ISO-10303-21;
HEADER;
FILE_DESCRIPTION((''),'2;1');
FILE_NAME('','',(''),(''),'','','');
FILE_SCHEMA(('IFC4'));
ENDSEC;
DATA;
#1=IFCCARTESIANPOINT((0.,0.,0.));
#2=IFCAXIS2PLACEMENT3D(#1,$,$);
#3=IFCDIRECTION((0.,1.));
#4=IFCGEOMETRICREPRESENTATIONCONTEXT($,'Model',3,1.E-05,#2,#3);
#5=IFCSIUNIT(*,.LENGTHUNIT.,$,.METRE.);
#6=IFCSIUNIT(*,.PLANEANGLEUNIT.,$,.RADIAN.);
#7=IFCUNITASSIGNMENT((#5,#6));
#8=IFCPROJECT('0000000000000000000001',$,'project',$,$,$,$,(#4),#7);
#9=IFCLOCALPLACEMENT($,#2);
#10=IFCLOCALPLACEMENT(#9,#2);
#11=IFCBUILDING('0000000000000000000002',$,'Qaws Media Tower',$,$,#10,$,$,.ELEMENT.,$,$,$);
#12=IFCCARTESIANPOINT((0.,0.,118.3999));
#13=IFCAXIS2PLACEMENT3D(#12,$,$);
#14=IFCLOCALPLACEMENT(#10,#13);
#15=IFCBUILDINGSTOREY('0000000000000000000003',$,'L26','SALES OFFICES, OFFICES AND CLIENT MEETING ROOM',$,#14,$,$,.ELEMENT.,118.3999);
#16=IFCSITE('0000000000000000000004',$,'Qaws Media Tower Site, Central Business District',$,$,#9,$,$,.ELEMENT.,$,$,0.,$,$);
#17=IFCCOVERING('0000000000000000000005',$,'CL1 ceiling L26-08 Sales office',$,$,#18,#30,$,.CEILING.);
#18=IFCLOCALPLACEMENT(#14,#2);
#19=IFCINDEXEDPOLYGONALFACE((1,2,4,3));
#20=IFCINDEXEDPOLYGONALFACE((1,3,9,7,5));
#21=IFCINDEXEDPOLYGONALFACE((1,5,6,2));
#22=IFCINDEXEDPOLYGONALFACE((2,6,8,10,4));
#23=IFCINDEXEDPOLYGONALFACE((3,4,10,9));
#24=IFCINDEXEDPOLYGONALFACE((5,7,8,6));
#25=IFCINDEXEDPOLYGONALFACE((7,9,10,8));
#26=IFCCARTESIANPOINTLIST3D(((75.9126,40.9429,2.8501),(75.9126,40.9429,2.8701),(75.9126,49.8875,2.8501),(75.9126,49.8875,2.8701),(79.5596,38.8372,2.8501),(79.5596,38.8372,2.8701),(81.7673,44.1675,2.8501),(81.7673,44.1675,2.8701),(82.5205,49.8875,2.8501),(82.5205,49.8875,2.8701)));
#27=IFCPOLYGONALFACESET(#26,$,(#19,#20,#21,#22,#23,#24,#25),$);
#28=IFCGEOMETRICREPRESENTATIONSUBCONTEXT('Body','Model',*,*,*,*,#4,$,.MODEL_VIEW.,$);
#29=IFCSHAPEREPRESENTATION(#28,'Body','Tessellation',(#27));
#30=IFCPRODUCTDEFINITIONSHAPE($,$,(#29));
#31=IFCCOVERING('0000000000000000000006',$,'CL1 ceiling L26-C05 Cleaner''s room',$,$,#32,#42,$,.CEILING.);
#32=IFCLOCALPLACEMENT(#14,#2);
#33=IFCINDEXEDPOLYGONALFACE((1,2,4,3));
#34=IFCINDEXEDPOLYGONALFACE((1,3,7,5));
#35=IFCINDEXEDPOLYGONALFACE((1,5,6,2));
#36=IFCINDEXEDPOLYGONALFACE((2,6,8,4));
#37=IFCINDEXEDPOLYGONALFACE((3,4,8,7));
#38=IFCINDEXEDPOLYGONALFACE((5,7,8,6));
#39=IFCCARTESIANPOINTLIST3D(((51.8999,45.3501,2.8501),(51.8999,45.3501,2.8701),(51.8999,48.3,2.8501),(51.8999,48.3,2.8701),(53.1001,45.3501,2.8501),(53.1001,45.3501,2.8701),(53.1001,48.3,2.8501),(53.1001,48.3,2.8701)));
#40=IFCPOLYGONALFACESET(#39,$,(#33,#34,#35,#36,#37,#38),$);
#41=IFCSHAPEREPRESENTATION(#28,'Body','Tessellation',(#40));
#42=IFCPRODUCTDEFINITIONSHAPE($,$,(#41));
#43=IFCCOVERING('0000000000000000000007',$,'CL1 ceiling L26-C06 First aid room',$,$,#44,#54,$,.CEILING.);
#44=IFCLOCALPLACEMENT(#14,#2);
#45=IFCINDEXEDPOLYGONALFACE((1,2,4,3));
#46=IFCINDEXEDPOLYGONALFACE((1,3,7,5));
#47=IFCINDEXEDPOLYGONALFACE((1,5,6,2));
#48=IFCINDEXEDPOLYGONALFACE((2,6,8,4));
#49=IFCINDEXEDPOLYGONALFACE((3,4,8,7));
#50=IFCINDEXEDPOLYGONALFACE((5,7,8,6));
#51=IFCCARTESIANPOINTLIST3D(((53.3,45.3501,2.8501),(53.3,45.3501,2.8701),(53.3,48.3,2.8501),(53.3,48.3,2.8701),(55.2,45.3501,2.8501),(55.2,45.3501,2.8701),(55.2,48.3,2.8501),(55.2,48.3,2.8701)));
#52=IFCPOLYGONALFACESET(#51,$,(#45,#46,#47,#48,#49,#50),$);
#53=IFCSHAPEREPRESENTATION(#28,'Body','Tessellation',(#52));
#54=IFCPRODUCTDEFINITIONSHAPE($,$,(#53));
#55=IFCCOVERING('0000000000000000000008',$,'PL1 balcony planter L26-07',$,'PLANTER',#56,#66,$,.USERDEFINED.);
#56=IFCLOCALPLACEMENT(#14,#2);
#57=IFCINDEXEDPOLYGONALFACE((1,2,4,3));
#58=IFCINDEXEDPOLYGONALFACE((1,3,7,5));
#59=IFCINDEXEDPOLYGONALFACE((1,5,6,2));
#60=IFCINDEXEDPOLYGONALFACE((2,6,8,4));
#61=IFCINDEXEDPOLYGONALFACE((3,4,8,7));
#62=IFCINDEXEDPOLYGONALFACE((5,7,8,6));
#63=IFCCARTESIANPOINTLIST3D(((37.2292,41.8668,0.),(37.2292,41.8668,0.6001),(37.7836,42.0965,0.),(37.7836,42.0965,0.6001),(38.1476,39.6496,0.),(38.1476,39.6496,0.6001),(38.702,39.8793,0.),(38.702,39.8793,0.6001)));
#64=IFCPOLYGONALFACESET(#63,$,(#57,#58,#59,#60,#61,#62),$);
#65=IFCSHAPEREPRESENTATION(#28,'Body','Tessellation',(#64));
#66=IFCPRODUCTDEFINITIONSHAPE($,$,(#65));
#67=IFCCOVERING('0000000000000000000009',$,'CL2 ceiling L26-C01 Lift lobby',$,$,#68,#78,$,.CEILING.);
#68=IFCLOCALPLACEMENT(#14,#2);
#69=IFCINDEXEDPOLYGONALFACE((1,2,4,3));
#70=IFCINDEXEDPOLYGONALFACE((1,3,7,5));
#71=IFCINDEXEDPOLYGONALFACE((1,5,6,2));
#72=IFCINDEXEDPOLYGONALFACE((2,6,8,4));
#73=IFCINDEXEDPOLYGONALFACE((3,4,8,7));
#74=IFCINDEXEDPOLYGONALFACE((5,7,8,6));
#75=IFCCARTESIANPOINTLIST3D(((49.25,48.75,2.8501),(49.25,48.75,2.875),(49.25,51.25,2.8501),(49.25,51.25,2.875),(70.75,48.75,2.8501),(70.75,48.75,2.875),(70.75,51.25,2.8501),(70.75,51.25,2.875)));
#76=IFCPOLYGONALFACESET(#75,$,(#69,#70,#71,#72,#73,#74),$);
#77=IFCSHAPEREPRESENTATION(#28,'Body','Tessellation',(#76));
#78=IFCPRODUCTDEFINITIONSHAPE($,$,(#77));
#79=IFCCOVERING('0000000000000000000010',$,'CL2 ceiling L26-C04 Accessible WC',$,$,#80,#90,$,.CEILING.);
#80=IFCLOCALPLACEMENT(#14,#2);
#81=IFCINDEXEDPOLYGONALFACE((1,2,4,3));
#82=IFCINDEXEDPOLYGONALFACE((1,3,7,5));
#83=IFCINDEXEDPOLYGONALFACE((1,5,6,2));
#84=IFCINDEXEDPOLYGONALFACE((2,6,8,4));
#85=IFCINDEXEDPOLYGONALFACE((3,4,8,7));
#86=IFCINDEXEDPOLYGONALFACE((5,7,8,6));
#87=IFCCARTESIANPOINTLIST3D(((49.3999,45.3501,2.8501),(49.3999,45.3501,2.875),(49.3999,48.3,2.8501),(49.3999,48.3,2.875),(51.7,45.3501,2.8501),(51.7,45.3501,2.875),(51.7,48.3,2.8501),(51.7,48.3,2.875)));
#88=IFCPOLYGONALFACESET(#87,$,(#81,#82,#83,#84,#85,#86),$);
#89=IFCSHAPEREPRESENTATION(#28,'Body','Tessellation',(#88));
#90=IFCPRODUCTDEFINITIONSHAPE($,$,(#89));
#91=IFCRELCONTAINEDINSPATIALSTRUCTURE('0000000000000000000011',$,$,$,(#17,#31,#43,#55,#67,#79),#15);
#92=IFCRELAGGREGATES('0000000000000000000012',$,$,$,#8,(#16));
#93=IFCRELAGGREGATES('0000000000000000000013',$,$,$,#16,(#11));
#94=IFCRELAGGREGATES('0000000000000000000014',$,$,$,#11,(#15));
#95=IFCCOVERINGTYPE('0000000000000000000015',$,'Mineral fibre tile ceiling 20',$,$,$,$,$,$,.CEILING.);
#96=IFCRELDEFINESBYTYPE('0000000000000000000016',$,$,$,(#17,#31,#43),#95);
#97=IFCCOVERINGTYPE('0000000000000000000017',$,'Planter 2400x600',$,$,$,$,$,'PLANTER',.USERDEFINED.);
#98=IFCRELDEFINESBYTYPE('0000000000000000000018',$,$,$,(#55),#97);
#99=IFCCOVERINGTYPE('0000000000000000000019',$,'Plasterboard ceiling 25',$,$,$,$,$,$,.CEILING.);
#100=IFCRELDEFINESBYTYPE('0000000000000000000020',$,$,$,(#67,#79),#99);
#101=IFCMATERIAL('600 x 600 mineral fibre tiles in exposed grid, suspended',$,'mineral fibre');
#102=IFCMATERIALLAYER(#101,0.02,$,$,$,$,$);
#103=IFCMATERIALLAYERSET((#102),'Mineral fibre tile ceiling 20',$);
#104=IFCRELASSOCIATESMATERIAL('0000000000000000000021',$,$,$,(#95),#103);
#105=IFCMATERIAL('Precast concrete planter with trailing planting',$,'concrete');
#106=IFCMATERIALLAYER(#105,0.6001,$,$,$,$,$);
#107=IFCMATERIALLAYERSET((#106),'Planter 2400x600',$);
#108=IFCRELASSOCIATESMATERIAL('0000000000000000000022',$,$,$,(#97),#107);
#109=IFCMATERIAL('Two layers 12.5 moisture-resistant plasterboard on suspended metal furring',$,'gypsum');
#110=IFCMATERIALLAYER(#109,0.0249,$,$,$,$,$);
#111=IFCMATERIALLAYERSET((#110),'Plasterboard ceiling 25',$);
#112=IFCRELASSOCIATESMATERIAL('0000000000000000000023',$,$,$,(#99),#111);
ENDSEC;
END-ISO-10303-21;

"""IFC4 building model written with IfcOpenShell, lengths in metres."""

from ifc_helpers import new_model, si_unit, direction, frame, origin, origin_2d, place, context, subcontext, project, spatial, polyline, rectangle, outline, extrude, material, layer, layer_set, type_object, element, save


model = new_model("IFC4")

# Units and contexts
model_context = context("Model", 3, precision=1e-05, world=origin(), true_north=direction((0.0, 1.0)))
body_context = subcontext(model_context, "Body", "Model", "MODEL_VIEW")
ifc_project = project(units=[si_unit("LENGTHUNIT", "METRE"), si_unit("PLANEANGLEUNIT", "RADIAN")], contexts=[model_context])

# Site, building, storey
site_placement = place(None, origin())
site = spatial("IfcSite", under=ifc_project, at=site_placement, Name="Qaws Media Tower Site, Central Business District", CompositionType="ELEMENT", RefElevation=0.0)
building_placement = place(site_placement, origin())
building = spatial("IfcBuilding", under=site, at=building_placement, Name="Qaws Media Tower", CompositionType="ELEMENT")
storey_placement = place(building_placement, frame((0.0, 0.0, 118.3999)))
storey = spatial("IfcBuildingStorey", under=building, at=storey_placement, Name="L26", Description="SALES OFFICES, OFFICES AND CLIENT MEETING ROOM", CompositionType="ELEMENT", Elevation=118.3999)

# Coverings
ifc_material_1 = material(Name="600 x 600 mineral fibre tiles in exposed grid, suspended", Category="mineral fibre")
ifc_layer_1 = layer(ifc_material_1, 0.02)
ifc_layer_set_1 = layer_set([ifc_layer_1], Name="Mineral fibre tile ceiling 20")
covering_type_1 = type_object("IfcCoveringType", Name="Mineral fibre tile ceiling 20", PredefinedType="CEILING", material=ifc_layer_set_1)
covering_1_placement = place(storey_placement, frame((0.0, 0.0, 2.8501)))
element("IfcCovering", 1, at=covering_1_placement, inside=storey, type_object=covering_type_1, Name="CL1 ceiling L26-08 Sales office", PredefinedType="CEILING", context=body_context, shape_type="SweptSolid", body=[
    extrude(outline(polyline([(81.7673, 44.1675), (79.5596, 38.8372), (75.9126, 40.9429), (75.9126, 49.8875), (82.5205, 49.8875), (81.7673, 44.1675)])), origin(), (0.0, 0.0, 1.0), 0.02),
])
covering_2_placement = place(storey_placement, frame((0.0, 0.0, 2.8501)))
element("IfcCovering", 2, at=covering_2_placement, inside=storey, type_object=covering_type_1, Name="CL1 ceiling L26-C05 Cleaner's room", PredefinedType="CEILING", context=body_context, shape_type="SweptSolid", body=[
    extrude(outline(polyline([(51.8999, 45.3501), (51.8999, 48.3), (53.1001, 48.3), (53.1001, 45.3501), (51.8999, 45.3501)])), origin(), (0.0, 0.0, 1.0), 0.02),
])
covering_3_placement = place(storey_placement, frame((0.0, 0.0, 2.8501)))
element("IfcCovering", 3, at=covering_3_placement, inside=storey, type_object=covering_type_1, Name="CL1 ceiling L26-C06 First aid room", PredefinedType="CEILING", context=body_context, shape_type="SweptSolid", body=[
    extrude(outline(polyline([(53.3, 45.3501), (53.3, 48.3), (55.2, 48.3), (55.2, 45.3501), (53.3, 45.3501)])), origin(), (0.0, 0.0, 1.0), 0.02),
])
ifc_material_2 = material(Name="Precast concrete planter with trailing planting", Category="concrete")
ifc_layer_2 = layer(ifc_material_2, 0.6001)
ifc_layer_set_2 = layer_set([ifc_layer_2], Name="Planter 2400x600")
covering_type_2 = type_object("IfcCoveringType", Name="Planter 2400x600", ElementType="PLANTER", PredefinedType="USERDEFINED", material=ifc_layer_set_2)
covering_4_placement = place(storey_placement, frame((37.9656, 40.873, 0.0), z_axis=(0.0, 0.0, 1.0), x_axis=(0.382683, -0.92388, 0.0)))
element("IfcCovering", 4, at=covering_4_placement, inside=storey, type_object=covering_type_2, Name="PL1 balcony planter L26-07", ObjectType="PLANTER", PredefinedType="USERDEFINED", context=body_context, shape_type="SweptSolid", body=[
    extrude(rectangle(XDim=2.3999, YDim=0.6001, at=origin_2d()), origin(), (0.0, 0.0, 1.0), 0.6001),
])
ifc_material_3 = material(Name="Two layers 12.5 moisture-resistant plasterboard on suspended metal furring", Category="gypsum")
ifc_layer_3 = layer(ifc_material_3, 0.0249)
ifc_layer_set_3 = layer_set([ifc_layer_3], Name="Plasterboard ceiling 25")
covering_type_3 = type_object("IfcCoveringType", Name="Plasterboard ceiling 25", PredefinedType="CEILING", material=ifc_layer_set_3)
covering_5_placement = place(storey_placement, frame((0.0, 0.0, 2.8501)))
element("IfcCovering", 5, at=covering_5_placement, inside=storey, type_object=covering_type_3, Name="CL2 ceiling L26-C01 Lift lobby", PredefinedType="CEILING", context=body_context, shape_type="SweptSolid", body=[
    extrude(outline(polyline([(49.25, 48.75), (49.25, 51.25), (70.75, 51.25), (70.75, 48.75), (49.25, 48.75)])), origin(), (0.0, 0.0, 1.0), 0.0249),
])
covering_6_placement = place(storey_placement, frame((0.0, 0.0, 2.8501)))
element("IfcCovering", 6, at=covering_6_placement, inside=storey, type_object=covering_type_3, Name="CL2 ceiling L26-C04 Accessible WC", PredefinedType="CEILING", context=body_context, shape_type="SweptSolid", body=[
    extrude(outline(polyline([(49.3999, 45.3501), (49.3999, 48.3), (51.7, 48.3), (51.7, 45.3501), (49.3999, 45.3501)])), origin(), (0.0, 0.0, 1.0), 0.0249),
])

save(model, "model.ifc")
